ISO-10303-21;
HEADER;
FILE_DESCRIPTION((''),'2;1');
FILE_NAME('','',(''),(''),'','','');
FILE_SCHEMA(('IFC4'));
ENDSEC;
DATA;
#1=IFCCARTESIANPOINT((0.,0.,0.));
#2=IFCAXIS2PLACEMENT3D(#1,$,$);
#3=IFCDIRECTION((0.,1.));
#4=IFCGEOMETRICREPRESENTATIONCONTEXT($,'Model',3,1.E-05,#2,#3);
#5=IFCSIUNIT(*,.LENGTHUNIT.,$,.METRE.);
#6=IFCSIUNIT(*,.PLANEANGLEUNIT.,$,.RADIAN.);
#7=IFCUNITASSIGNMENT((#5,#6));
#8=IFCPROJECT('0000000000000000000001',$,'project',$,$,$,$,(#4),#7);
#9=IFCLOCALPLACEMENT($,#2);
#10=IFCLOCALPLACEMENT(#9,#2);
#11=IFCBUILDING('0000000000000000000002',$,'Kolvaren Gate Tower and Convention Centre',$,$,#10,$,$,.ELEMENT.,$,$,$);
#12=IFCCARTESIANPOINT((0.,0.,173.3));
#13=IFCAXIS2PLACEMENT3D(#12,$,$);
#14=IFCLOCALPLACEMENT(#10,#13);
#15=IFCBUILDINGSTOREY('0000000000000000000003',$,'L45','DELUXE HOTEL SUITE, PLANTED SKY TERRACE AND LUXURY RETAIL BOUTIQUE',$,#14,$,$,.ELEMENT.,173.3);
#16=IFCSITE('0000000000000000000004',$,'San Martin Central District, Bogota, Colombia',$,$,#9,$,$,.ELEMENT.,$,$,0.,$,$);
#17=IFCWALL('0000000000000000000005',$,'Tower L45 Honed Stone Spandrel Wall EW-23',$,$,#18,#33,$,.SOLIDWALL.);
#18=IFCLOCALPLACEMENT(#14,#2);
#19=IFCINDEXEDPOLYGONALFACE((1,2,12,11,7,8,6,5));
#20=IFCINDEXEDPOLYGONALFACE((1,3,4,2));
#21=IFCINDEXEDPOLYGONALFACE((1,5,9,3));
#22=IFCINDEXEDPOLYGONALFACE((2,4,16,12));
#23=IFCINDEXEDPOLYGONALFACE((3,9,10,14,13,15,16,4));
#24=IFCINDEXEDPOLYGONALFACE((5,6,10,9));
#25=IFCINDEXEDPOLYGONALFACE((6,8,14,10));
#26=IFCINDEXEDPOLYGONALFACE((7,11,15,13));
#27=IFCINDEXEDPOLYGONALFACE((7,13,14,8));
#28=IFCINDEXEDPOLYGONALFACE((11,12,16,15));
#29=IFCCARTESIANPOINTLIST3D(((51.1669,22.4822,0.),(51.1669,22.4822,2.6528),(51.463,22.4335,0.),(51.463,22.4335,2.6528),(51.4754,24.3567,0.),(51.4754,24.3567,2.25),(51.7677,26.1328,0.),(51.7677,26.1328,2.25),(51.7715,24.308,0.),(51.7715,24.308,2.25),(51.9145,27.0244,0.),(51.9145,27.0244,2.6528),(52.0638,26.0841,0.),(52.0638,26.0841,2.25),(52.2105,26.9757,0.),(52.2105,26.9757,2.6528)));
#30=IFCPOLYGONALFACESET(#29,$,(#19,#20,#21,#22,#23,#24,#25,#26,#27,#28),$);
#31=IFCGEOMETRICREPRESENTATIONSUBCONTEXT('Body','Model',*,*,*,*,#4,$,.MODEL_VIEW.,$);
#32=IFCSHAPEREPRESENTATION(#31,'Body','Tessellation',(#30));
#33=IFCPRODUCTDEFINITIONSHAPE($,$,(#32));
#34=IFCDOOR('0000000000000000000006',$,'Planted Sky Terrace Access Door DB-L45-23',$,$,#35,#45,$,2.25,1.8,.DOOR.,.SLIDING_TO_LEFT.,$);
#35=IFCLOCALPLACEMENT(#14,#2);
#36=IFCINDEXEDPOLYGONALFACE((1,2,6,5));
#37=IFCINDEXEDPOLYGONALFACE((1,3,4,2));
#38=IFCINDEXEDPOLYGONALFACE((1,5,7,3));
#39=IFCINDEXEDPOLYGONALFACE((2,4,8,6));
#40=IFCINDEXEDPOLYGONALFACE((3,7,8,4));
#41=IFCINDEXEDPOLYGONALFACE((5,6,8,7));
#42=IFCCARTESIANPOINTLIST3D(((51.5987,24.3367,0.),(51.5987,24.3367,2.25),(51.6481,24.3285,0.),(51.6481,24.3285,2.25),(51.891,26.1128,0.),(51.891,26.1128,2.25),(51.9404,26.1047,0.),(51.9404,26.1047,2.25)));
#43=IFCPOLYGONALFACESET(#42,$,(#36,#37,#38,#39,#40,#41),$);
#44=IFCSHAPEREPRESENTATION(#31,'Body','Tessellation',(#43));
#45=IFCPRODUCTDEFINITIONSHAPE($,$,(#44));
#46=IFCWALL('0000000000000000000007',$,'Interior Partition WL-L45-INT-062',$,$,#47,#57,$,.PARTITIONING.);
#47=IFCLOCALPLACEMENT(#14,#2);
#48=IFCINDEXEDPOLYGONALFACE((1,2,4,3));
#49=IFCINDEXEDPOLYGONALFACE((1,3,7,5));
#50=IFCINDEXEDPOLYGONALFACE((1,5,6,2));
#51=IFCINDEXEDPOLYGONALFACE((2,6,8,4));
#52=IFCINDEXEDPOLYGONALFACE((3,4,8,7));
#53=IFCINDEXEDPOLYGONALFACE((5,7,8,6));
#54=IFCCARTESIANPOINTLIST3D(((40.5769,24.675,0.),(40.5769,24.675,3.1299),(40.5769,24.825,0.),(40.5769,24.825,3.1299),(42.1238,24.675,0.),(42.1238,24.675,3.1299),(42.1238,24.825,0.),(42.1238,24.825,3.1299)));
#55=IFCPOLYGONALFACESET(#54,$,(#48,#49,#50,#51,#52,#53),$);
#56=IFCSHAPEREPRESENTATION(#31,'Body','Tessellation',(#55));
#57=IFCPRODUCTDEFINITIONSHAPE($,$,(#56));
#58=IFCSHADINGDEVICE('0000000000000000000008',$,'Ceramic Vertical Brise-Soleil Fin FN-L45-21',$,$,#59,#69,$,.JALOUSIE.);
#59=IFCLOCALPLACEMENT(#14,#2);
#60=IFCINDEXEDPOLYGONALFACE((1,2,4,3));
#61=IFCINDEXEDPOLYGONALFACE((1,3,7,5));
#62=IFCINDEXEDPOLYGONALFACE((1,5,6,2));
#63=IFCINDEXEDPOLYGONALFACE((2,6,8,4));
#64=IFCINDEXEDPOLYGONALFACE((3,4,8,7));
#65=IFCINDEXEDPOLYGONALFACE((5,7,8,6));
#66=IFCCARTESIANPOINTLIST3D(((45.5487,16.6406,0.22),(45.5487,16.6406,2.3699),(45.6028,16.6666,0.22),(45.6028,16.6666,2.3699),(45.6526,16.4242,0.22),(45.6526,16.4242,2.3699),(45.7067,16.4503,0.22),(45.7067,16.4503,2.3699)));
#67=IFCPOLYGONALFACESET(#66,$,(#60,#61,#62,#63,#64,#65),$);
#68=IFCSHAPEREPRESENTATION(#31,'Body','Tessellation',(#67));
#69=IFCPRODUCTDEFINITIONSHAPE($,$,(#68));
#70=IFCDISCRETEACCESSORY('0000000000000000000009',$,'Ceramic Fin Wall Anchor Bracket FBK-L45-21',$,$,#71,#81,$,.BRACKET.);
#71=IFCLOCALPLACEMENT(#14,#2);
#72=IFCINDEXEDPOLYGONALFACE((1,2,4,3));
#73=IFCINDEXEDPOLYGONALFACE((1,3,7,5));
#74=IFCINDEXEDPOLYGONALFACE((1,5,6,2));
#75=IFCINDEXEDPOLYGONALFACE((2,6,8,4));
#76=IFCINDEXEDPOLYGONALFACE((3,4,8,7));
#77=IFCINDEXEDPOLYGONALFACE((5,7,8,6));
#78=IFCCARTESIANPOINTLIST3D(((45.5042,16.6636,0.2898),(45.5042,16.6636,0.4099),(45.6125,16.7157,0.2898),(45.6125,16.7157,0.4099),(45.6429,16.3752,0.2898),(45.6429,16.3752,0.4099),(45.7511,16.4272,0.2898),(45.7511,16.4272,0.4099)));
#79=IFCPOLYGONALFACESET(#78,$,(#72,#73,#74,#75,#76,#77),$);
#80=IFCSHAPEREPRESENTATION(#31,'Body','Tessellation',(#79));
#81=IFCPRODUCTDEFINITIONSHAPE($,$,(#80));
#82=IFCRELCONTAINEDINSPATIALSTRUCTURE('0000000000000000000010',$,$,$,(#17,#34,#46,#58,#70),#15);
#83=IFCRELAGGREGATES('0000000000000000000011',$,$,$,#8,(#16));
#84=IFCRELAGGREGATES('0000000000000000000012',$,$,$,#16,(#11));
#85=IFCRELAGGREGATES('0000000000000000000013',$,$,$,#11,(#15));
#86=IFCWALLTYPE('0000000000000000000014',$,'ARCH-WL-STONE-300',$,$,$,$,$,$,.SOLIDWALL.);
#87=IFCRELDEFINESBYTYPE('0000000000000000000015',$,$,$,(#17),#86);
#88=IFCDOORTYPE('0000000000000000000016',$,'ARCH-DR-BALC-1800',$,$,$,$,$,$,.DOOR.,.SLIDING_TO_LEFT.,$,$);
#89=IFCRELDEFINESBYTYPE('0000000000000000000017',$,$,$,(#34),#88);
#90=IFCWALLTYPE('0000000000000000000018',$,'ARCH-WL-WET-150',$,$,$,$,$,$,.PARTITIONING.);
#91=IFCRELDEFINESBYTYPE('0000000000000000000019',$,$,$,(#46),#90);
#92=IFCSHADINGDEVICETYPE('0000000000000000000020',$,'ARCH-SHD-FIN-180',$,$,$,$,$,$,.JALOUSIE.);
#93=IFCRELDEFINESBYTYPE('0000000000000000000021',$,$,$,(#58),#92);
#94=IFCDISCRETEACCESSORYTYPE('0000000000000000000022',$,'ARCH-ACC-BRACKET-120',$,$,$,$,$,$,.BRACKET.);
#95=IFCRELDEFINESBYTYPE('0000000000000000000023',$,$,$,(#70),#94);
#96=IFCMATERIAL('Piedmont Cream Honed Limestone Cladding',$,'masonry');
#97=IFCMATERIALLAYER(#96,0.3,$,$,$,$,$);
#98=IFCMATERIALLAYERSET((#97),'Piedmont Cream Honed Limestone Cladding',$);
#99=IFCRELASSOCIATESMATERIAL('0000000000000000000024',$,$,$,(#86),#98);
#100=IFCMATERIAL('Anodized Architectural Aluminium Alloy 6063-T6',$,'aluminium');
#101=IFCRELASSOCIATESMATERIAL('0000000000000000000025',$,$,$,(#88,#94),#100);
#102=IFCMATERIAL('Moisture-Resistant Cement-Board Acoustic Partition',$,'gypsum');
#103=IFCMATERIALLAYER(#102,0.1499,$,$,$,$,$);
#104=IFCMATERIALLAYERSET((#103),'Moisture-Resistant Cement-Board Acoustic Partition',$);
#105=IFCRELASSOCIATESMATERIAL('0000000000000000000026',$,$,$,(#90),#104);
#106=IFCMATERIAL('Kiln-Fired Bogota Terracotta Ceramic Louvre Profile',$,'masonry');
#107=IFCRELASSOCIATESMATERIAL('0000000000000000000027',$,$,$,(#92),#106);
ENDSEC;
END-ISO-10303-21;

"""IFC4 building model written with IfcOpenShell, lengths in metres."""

from ifc_helpers import new_model, si_unit, direction, frame, frame_2d, origin, origin_2d, place, context, subcontext, project, spatial, rectangle, extrude, material, layer, layer_set, type_object, element, fill, save


model = new_model("IFC4")

# Units and contexts
model_context = context("Model", 3, precision=1e-05, world=origin(), true_north=direction((0.0, 1.0)))
body_context = subcontext(model_context, "Body", "Model", "MODEL_VIEW")
ifc_project = project(units=[si_unit("LENGTHUNIT", "METRE"), si_unit("PLANEANGLEUNIT", "RADIAN")], contexts=[model_context])

# Site, building, storey
site_placement = place(None, origin())
site = spatial("IfcSite", under=ifc_project, at=site_placement, Name="San Martin Central District, Bogota, Colombia", CompositionType="ELEMENT", RefElevation=0.0)
building_placement = place(site_placement, origin())
building = spatial("IfcBuilding", under=site, at=building_placement, Name="Kolvaren Gate Tower and Convention Centre", CompositionType="ELEMENT")
storey_placement = place(building_placement, frame((0.0, 0.0, 173.3)))
storey = spatial("IfcBuildingStorey", under=building, at=storey_placement, Name="L45", Description="DELUXE HOTEL SUITE, PLANTED SKY TERRACE AND LUXURY RETAIL BOUTIQUE", CompositionType="ELEMENT", Elevation=173.3)

# Shared definitions
ifc_material_1 = material(Name="Piedmont Cream Honed Limestone Cladding", Category="masonry")

# Shared definitions
ifc_layer_1 = layer(ifc_material_1, 0.3)
ifc_layer_set_1 = layer_set([ifc_layer_1], Name="Piedmont Cream Honed Limestone Cladding")
wall_type_1 = type_object("IfcWallType", Name="ARCH-WL-STONE-300", PredefinedType="SOLIDWALL", material=ifc_layer_set_1)

# Wall, opening, door
wall_1_placement = place(storey_placement, frame((51.3149, 22.4578, 0.0), z_axis=(0.0, 0.0, 1.0), x_axis=(0.162395, 0.986726, 0.0)))
wall_1 = element("IfcWall", 1, at=wall_1_placement, inside=storey, type_object=wall_type_1, Name="Tower L45 Honed Stone Spandrel Wall EW-23", PredefinedType="SOLIDWALL", context=body_context, shape_type="SweptSolid", body=[
    extrude(rectangle(XDim=4.6033, YDim=0.3, at=frame_2d((2.3018, 0.0))), origin(), (0.0, 0.0, 1.0), 2.6528),
])
opening_1_placement = place(wall_1_placement, frame((1.8999, 0.0, 0.0)))
opening_1 = element("IfcOpeningElement", 2, at=opening_1_placement, cuts=wall_1, PredefinedType="OPENING", context=body_context, shape_type="SweptSolid", body=[
    extrude(rectangle(XDim=1.8, YDim=2.25, at=frame_2d((0.8999, 1.125))), frame((0.0, 0.1599, 0.0), z_axis=(0.0, -1.0, 0.0), x_axis=(1.0, 0.0, 0.0)), (0.0, 0.0, 1.0), 0.3201),
])
ifc_material_2 = material(Name="Anodized Architectural Aluminium Alloy 6063-T6", Category="aluminium")
door_type = type_object("IfcDoorType", Name="ARCH-DR-BALC-1800", OperationType="SLIDING_TO_LEFT", PredefinedType="DOOR", material=ifc_material_2)
door_placement = place(opening_1_placement, frame((1.8, 0.0, 0.0), z_axis=(0.0, 0.0, 1.0), x_axis=(-1.0, 0.0, 0.0)))
door = element("IfcDoor", 3, at=door_placement, inside=storey, type_object=door_type, Name="Planted Sky Terrace Access Door DB-L45-23", OperationType="SLIDING_TO_LEFT", OverallHeight=2.25, OverallWidth=1.8, PredefinedType="DOOR", context=body_context, shape_type="SweptSolid", body=[
    extrude(rectangle(XDim=1.8, YDim=2.25, at=frame_2d((0.8999, 1.125))), frame((0.0, 0.0249, 0.0), z_axis=(0.0, -1.0, 0.0), x_axis=(1.0, 0.0, 0.0)), (0.0, 0.0, 1.0), 0.05),
])
fill(opening_1, door)

# Wall
ifc_material_3 = material(Name="Moisture-Resistant Cement-Board Acoustic Partition", Category="gypsum")
ifc_layer_2 = layer(ifc_material_3, 0.1499)
ifc_layer_set_2 = layer_set([ifc_layer_2], Name="Moisture-Resistant Cement-Board Acoustic Partition")
wall_type_2 = type_object("IfcWallType", Name="ARCH-WL-WET-150", PredefinedType="PARTITIONING", material=ifc_layer_set_2)
wall_2_placement = place(storey_placement, frame((40.5769, 24.75, 0.0), z_axis=(0.0, 0.0, 1.0), x_axis=(1.0, 0.0, 0.0)))
element("IfcWall", 4, at=wall_2_placement, inside=storey, type_object=wall_type_2, Name="Interior Partition WL-L45-INT-062", PredefinedType="PARTITIONING", context=body_context, shape_type="SweptSolid", body=[
    extrude(rectangle(XDim=1.5469, YDim=0.1499, at=frame_2d((0.7734, 0.0))), origin(), (0.0, 0.0, 1.0), 3.1299),
])

# Shading device
ifc_material_4 = material(Name="Kiln-Fired Bogota Terracotta Ceramic Louvre Profile", Category="masonry")
shading_device_type = type_object("IfcShadingDeviceType", Name="ARCH-SHD-FIN-180", PredefinedType="JALOUSIE", material=ifc_material_4)
shading_device_placement = place(storey_placement, frame((45.6277, 16.5454, 0.22), z_axis=(0.0, 0.0, 1.0), x_axis=(0.901358, 0.433074, 0.0)))
element("IfcShadingDevice", 5, at=shading_device_placement, inside=storey, type_object=shading_device_type, Name="Ceramic Vertical Brise-Soleil Fin FN-L45-21", PredefinedType="JALOUSIE", context=body_context, shape_type="SweptSolid", body=[
    extrude(rectangle(XDim=0.0601, YDim=0.24, at=origin_2d()), origin(), (0.0, 0.0, 1.0), 2.1499),
])

# Discrete accessory
discrete_accessory_type = type_object("IfcDiscreteAccessoryType", Name="ARCH-ACC-BRACKET-120", PredefinedType="BRACKET", material=ifc_material_2)
discrete_accessory_placement = place(storey_placement, frame((45.6277, 16.5454, 0.2898), z_axis=(0.0, 0.0, 1.0), x_axis=(0.901358, 0.433074, 0.0)))
element("IfcDiscreteAccessory", 6, at=discrete_accessory_placement, inside=storey, type_object=discrete_accessory_type, Name="Ceramic Fin Wall Anchor Bracket FBK-L45-21", PredefinedType="BRACKET", context=body_context, shape_type="SweptSolid", body=[
    extrude(rectangle(XDim=0.1201, YDim=0.3201, at=origin_2d()), origin(), (0.0, 0.0, 1.0), 0.1201),
])

save(model, "model.ifc")
